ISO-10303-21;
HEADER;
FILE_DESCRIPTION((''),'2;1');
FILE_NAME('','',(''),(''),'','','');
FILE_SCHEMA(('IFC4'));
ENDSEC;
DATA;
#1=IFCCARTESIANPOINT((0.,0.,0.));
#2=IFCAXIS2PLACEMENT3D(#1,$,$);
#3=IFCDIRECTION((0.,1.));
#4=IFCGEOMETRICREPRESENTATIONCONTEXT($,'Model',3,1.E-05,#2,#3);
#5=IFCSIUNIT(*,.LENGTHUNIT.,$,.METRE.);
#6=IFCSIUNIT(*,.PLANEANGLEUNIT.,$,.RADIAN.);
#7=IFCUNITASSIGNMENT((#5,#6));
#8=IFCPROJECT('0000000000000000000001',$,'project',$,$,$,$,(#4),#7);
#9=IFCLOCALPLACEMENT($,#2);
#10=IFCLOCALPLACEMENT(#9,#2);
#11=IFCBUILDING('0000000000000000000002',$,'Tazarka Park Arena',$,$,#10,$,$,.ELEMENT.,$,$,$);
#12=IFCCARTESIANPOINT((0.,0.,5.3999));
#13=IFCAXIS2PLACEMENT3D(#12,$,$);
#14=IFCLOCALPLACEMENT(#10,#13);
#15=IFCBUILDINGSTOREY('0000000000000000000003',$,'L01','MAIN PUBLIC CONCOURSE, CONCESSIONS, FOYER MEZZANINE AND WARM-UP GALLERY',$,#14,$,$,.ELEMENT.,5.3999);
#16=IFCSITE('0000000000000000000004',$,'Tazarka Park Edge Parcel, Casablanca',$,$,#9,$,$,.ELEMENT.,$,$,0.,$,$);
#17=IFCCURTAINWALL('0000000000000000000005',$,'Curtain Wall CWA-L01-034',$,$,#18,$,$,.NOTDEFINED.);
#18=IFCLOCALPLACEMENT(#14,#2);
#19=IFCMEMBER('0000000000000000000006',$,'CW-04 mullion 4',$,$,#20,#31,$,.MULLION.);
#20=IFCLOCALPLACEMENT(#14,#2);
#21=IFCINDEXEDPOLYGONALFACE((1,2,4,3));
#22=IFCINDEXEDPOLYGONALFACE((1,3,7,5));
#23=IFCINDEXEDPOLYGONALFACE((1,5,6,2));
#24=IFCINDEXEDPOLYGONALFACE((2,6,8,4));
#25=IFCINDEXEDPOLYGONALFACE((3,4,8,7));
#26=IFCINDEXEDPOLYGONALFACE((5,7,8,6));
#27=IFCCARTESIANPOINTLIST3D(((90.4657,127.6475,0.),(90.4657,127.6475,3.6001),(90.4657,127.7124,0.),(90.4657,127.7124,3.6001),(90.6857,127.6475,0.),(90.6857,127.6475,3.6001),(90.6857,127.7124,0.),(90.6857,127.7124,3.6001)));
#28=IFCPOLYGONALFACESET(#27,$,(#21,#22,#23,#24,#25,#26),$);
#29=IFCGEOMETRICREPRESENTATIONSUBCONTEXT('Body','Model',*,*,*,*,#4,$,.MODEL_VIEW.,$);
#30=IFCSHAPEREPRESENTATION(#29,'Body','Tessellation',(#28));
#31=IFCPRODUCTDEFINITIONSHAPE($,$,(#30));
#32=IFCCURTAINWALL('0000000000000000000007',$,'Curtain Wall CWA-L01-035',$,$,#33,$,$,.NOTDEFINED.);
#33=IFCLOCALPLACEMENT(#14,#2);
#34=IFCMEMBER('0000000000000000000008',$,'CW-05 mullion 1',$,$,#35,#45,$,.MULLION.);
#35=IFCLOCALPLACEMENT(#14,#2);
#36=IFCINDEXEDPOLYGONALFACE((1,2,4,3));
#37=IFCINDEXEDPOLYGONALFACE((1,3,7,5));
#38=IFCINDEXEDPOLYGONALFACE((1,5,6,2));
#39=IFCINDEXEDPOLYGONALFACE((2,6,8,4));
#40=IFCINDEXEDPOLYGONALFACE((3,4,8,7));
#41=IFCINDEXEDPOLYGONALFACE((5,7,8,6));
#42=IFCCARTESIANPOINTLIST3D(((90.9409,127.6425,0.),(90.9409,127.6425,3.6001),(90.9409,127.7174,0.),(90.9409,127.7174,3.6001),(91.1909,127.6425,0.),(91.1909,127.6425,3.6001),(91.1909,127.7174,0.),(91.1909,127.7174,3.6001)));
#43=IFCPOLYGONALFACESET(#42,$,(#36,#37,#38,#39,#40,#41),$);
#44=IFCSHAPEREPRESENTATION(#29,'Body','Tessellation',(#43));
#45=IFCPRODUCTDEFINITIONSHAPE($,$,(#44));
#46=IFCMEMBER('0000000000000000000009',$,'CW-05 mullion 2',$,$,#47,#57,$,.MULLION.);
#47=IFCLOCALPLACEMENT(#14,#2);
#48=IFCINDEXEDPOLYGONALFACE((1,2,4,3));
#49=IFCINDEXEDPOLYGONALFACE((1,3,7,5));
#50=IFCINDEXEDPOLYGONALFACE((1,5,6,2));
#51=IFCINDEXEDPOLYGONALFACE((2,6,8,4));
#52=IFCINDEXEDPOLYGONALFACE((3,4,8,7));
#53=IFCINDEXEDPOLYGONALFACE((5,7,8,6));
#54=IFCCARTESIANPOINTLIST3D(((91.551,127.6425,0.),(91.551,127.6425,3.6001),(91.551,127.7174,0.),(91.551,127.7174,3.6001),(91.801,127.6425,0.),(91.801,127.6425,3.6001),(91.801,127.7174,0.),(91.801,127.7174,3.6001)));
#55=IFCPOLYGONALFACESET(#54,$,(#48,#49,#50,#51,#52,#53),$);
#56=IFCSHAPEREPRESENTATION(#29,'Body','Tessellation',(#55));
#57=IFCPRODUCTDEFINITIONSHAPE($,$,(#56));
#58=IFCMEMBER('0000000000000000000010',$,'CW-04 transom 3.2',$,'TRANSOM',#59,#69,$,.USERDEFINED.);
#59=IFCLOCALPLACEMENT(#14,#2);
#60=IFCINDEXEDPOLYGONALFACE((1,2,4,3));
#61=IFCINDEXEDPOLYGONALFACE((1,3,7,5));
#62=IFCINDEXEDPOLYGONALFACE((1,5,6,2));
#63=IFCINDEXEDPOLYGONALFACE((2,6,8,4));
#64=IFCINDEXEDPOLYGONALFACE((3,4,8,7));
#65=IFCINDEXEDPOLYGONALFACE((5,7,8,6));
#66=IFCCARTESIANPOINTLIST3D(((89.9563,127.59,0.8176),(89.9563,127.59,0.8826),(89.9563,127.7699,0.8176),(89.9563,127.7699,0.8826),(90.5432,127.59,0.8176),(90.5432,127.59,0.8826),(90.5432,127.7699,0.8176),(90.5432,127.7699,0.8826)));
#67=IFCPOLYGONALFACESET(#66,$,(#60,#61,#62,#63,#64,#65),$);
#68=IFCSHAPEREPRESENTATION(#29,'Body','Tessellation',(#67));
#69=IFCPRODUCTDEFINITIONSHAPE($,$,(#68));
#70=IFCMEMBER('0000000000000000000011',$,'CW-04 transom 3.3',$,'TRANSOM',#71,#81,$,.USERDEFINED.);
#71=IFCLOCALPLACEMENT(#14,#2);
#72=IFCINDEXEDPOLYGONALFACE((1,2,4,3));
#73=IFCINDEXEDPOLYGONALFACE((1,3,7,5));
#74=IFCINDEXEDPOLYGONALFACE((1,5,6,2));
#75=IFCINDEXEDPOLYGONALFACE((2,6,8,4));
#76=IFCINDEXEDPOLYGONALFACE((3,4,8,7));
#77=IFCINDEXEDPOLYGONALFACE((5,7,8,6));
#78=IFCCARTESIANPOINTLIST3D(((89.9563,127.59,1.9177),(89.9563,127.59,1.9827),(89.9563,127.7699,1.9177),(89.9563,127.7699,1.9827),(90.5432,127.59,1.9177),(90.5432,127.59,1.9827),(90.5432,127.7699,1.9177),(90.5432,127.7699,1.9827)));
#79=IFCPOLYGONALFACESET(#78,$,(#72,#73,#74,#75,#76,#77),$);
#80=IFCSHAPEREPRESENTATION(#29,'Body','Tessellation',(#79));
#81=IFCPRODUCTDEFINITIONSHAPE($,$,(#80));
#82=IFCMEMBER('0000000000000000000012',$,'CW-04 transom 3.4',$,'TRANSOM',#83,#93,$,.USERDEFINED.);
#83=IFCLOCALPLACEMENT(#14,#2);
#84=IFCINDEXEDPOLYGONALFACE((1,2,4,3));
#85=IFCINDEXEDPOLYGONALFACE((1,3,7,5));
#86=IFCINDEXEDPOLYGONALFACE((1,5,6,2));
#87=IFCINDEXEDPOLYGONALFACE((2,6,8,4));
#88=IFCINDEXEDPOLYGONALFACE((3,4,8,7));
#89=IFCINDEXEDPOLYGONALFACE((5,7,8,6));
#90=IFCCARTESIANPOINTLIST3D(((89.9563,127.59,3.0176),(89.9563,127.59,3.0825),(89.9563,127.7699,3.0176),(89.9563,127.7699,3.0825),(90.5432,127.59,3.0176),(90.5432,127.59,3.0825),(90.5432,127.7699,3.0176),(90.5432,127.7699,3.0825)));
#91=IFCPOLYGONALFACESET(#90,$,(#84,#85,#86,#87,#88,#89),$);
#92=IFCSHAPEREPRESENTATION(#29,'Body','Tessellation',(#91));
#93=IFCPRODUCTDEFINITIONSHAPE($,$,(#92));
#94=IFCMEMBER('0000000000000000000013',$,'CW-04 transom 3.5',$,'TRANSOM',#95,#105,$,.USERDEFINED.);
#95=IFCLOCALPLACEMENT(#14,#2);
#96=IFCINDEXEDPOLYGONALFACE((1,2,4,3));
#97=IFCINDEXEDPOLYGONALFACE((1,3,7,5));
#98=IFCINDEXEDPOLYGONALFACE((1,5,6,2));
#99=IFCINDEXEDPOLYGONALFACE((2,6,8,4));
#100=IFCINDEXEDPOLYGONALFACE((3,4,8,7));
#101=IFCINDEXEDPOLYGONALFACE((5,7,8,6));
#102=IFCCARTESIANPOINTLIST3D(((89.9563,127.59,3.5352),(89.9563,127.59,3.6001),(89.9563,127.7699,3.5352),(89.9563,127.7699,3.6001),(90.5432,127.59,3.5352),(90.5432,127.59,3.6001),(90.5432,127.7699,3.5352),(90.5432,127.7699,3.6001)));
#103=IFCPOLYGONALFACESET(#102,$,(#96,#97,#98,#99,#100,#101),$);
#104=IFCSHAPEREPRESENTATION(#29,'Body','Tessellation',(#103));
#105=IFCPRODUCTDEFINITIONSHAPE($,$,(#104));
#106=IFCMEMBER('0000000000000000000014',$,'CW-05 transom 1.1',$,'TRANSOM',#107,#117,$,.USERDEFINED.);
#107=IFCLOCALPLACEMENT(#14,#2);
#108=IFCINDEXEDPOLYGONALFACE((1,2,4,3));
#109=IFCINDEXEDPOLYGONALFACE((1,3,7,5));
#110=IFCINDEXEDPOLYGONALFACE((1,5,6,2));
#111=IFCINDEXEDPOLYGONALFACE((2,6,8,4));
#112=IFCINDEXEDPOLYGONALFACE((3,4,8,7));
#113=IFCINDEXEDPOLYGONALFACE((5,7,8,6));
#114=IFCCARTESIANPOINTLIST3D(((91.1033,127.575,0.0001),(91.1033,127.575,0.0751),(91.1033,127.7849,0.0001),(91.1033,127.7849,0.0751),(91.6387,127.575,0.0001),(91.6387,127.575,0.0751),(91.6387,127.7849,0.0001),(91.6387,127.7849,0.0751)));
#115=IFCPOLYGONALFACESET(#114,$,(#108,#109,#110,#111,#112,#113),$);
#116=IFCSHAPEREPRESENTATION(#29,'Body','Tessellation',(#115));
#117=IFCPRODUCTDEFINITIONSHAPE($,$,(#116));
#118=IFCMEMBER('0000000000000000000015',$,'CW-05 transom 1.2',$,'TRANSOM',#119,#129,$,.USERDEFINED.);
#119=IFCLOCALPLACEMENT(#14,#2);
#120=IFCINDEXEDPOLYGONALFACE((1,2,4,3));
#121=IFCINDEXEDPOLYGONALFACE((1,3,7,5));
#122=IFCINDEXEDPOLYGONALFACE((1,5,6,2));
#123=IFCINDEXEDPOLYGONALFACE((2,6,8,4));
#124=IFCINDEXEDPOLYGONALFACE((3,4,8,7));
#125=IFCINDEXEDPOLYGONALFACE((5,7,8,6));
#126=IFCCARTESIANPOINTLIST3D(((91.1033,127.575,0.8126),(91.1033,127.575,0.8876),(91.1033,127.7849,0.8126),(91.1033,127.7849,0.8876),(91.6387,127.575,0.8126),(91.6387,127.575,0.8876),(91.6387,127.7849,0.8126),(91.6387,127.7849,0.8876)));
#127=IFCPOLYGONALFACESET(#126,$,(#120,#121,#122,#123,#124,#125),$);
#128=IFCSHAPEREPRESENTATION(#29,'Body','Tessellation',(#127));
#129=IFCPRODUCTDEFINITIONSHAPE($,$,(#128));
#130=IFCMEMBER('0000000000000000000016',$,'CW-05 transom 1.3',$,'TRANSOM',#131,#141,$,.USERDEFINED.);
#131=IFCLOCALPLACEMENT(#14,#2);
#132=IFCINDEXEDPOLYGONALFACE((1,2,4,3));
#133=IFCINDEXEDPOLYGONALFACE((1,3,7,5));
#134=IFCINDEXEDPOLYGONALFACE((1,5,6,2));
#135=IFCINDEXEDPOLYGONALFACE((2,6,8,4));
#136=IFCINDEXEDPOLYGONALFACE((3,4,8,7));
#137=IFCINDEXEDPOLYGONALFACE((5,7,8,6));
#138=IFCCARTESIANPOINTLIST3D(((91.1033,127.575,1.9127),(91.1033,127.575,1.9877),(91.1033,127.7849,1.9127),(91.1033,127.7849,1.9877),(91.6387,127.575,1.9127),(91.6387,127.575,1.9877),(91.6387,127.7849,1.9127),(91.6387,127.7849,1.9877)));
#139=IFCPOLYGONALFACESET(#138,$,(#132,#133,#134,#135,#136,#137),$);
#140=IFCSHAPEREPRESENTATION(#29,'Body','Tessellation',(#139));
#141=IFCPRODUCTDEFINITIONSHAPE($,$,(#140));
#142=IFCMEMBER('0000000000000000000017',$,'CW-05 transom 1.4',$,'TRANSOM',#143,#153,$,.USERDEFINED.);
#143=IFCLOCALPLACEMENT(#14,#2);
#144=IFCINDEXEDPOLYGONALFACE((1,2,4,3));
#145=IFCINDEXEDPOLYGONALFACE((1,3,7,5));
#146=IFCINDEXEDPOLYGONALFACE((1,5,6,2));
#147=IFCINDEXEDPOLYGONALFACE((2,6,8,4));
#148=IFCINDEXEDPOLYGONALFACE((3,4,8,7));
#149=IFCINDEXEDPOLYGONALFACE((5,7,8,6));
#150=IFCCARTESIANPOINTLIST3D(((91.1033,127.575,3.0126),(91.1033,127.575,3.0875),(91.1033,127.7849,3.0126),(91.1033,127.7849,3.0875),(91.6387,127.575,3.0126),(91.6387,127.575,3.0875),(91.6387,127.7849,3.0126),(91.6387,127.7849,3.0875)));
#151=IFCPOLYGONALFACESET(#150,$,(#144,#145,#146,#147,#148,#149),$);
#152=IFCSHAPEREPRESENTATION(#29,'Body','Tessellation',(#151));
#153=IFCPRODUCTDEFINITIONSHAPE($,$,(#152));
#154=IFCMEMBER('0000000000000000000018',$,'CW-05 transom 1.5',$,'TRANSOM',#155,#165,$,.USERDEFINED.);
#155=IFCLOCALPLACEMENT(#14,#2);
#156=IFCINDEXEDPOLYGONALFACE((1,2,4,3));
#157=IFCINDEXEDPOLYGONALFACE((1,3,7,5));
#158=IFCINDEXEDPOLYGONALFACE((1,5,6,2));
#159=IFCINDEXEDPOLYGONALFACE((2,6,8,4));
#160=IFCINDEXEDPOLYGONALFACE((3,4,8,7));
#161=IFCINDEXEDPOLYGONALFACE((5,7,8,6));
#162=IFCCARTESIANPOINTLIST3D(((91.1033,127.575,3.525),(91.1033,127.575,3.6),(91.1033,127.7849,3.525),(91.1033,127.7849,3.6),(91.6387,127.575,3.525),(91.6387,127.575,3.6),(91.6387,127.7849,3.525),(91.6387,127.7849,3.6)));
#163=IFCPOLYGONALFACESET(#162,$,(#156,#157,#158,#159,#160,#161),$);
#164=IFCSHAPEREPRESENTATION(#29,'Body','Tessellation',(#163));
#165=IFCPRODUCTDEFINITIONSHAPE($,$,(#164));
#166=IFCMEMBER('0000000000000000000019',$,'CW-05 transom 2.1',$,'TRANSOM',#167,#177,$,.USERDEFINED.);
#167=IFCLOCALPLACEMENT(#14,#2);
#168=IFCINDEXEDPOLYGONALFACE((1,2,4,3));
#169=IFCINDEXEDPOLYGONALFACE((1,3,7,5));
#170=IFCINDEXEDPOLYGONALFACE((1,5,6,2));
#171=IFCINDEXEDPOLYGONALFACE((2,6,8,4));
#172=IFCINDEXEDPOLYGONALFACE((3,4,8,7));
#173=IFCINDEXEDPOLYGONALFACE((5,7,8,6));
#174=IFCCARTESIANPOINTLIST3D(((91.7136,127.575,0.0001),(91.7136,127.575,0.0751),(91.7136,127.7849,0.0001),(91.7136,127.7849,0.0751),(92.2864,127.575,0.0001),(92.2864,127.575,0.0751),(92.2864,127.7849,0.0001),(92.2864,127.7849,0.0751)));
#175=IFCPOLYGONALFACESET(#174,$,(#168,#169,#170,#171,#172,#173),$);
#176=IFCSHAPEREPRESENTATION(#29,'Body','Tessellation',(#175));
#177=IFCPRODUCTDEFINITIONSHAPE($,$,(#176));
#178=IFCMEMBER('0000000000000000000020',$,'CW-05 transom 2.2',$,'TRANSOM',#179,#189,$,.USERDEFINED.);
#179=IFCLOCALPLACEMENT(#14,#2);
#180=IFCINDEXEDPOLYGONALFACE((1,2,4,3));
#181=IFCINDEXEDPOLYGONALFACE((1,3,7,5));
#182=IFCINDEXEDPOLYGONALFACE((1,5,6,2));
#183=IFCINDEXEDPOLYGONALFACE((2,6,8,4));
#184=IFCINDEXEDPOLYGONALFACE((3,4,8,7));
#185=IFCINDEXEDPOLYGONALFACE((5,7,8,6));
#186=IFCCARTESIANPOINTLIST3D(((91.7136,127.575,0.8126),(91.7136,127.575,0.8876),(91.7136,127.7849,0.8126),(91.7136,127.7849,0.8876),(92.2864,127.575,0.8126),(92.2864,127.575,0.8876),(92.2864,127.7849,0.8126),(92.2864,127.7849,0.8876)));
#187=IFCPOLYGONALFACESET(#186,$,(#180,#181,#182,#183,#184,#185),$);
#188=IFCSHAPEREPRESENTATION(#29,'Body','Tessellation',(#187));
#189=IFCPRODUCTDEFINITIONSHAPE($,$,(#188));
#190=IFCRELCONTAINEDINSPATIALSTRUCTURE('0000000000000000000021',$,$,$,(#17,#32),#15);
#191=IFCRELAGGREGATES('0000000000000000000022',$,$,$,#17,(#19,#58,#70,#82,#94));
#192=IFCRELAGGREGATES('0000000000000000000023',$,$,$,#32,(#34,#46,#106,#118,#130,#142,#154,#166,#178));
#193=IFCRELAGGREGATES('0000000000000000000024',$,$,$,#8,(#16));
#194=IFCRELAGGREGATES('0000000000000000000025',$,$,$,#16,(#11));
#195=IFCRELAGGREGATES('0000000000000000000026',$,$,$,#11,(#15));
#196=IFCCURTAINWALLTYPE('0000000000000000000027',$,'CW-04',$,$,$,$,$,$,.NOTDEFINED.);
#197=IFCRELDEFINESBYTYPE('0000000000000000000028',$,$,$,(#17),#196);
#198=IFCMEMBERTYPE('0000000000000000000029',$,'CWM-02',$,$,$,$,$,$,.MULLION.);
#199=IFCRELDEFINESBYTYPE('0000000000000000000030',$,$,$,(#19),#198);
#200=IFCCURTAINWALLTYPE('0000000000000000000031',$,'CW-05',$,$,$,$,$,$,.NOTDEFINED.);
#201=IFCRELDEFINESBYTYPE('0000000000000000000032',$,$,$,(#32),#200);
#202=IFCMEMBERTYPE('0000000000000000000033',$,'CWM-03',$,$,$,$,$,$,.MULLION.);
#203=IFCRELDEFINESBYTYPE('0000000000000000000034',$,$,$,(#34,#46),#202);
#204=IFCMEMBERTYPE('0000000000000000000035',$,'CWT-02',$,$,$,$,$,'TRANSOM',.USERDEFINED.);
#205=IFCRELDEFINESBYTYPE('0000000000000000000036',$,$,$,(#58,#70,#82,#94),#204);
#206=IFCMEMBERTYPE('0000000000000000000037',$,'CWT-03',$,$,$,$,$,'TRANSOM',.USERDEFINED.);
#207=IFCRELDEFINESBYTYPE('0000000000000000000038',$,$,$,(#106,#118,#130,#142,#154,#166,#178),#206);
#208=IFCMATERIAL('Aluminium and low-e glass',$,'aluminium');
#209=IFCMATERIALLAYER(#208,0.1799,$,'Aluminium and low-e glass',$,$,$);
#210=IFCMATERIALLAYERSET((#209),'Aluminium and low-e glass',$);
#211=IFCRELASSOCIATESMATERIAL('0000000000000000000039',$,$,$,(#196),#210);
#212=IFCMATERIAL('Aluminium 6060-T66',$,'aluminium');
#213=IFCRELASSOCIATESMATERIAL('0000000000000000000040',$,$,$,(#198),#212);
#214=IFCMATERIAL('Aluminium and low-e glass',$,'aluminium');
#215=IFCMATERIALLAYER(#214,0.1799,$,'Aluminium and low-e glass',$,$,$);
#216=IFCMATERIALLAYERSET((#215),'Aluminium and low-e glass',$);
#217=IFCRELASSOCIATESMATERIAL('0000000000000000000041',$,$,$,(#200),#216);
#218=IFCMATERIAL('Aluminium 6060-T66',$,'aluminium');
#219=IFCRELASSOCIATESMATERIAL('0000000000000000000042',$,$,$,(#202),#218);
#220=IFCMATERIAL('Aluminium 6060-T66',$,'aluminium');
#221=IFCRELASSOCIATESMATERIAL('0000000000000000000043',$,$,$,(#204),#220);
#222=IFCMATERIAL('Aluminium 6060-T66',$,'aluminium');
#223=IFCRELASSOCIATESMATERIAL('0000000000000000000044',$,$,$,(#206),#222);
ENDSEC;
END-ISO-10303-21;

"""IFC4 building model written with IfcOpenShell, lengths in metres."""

from ifc_helpers import new_model, si_unit, direction, frame, origin, origin_2d, place, context, subcontext, project, spatial, rectangle, extrude, material, layer, layer_set, material_profile, profile_set, type_object, element, aggregate, save


model = new_model("IFC4")

# Units and contexts
model_context = context("Model", 3, precision=1e-05, world=origin(), true_north=direction((0.0, 1.0)))
body_context = subcontext(model_context, "Body", "Model", "MODEL_VIEW")
ifc_project = project(units=[si_unit("LENGTHUNIT", "METRE"), si_unit("PLANEANGLEUNIT", "RADIAN")], contexts=[model_context])

# Site, building, storey
site_placement = place(None, origin())
site = spatial("IfcSite", under=ifc_project, at=site_placement, Name="Tazarka Park Edge Parcel, Casablanca", CompositionType="ELEMENT", RefElevation=0.0)
building_placement = place(site_placement, origin())
building = spatial("IfcBuilding", under=site, at=building_placement, Name="Tazarka Park Arena", CompositionType="ELEMENT")
storey_placement = place(building_placement, frame((0.0, 0.0, 5.3999)))
storey = spatial("IfcBuildingStorey", under=building, at=storey_placement, Name="L01", Description="MAIN PUBLIC CONCOURSE, CONCESSIONS, FOYER MEZZANINE AND WARM-UP GALLERY", CompositionType="ELEMENT", Elevation=5.3999)

# Curtain wall, member
ifc_material_1 = material(Name="Aluminium and low-e glass", Category="aluminium")
ifc_layer_1 = layer(ifc_material_1, 0.1799, Name="Aluminium and low-e glass")
ifc_layer_set_1 = layer_set([ifc_layer_1], Name="Aluminium and low-e glass")
curtain_wall_type_1 = type_object("IfcCurtainWallType", Name="CW-04", PredefinedType="NOTDEFINED", material=ifc_layer_set_1)
curtain_wall_1_placement = place(storey_placement, origin())
curtain_wall_1 = element("IfcCurtainWall", 1, at=curtain_wall_1_placement, inside=storey, type_object=curtain_wall_type_1, Name="Curtain Wall CWA-L01-034", PredefinedType="NOTDEFINED")
ifc_material_2 = material(Name="Aluminium 6060-T66", Category="aluminium")
ifc_material_profile_1 = material_profile(ifc_material_2, rectangle(XDim=0.0649, YDim=0.22, at=origin_2d()), Name="Aluminium 6060-T66")
ifc_profile_set_1 = profile_set([ifc_material_profile_1], Name="Aluminium 6060-T66")
member_type_1 = type_object("IfcMemberType", Name="CWM-02", PredefinedType="MULLION", material=ifc_profile_set_1)
member_1_placement = place(storey_placement, frame((90.5757, 127.6799, 0.0), z_axis=(0.0, 0.0, 1.0), x_axis=(0.0, 1.0, 0.0)))
member_1 = element("IfcMember", 2, at=member_1_placement, type_object=member_type_1, Name="CW-04 mullion 4", PredefinedType="MULLION", context=body_context, shape_type="SweptSolid", body=[
    extrude(rectangle(XDim=0.0649, YDim=0.22, at=origin_2d()), origin(), (0.0, 0.0, 1.0), 3.6001),
])

# Curtain wall, members
ifc_material_3 = material(Name="Aluminium and low-e glass", Category="aluminium")
ifc_layer_2 = layer(ifc_material_3, 0.1799, Name="Aluminium and low-e glass")
ifc_layer_set_2 = layer_set([ifc_layer_2], Name="Aluminium and low-e glass")
curtain_wall_type_2 = type_object("IfcCurtainWallType", Name="CW-05", PredefinedType="NOTDEFINED", material=ifc_layer_set_2)
curtain_wall_2_placement = place(storey_placement, origin())
curtain_wall_2 = element("IfcCurtainWall", 3, at=curtain_wall_2_placement, inside=storey, type_object=curtain_wall_type_2, Name="Curtain Wall CWA-L01-035", PredefinedType="NOTDEFINED")
ifc_material_4 = material(Name="Aluminium 6060-T66", Category="aluminium")
ifc_material_profile_2 = material_profile(ifc_material_4, rectangle(XDim=0.075, YDim=0.25, at=origin_2d()), Name="Aluminium 6060-T66")
ifc_profile_set_2 = profile_set([ifc_material_profile_2], Name="Aluminium 6060-T66")
member_type_2 = type_object("IfcMemberType", Name="CWM-03", PredefinedType="MULLION", material=ifc_profile_set_2)
member_2_placement = place(storey_placement, frame((91.0659, 127.6799, 0.0), z_axis=(0.0, 0.0, 1.0), x_axis=(0.0, 1.0, 0.0)))
member_2 = element("IfcMember", 4, at=member_2_placement, type_object=member_type_2, Name="CW-05 mullion 1", PredefinedType="MULLION", context=body_context, shape_type="SweptSolid", body=[
    extrude(rectangle(XDim=0.075, YDim=0.25, at=origin_2d()), origin(), (0.0, 0.0, 1.0), 3.6001),
])
member_3_placement = place(storey_placement, frame((91.676, 127.6799, 0.0), z_axis=(0.0, 0.0, 1.0), x_axis=(0.0, 1.0, 0.0)))
member_3 = element("IfcMember", 5, at=member_3_placement, type_object=member_type_2, Name="CW-05 mullion 2", PredefinedType="MULLION", context=body_context, shape_type="SweptSolid", body=[
    extrude(rectangle(XDim=0.075, YDim=0.25, at=origin_2d()), origin(), (0.0, 0.0, 1.0), 3.6001),
])

# Members
ifc_material_5 = material(Name="Aluminium 6060-T66", Category="aluminium")
ifc_material_profile_3 = material_profile(ifc_material_5, rectangle(XDim=0.1799, YDim=0.0649, at=origin_2d()), Name="Aluminium 6060-T66")
ifc_profile_set_3 = profile_set([ifc_material_profile_3], Name="Aluminium 6060-T66")
member_type_3 = type_object("IfcMemberType", Name="CWT-02", ElementType="TRANSOM", PredefinedType="USERDEFINED", material=ifc_profile_set_3)
member_4_placement = place(storey_placement, frame((89.9563, 127.6799, 0.8501), z_axis=(1.0, 0.0, 0.0), x_axis=(0.0, 1.0, 0.0)))
member_4 = element("IfcMember", 6, at=member_4_placement, type_object=member_type_3, Name="CW-04 transom 3.2", ObjectType="TRANSOM", PredefinedType="USERDEFINED", context=body_context, shape_type="SweptSolid", body=[
    extrude(rectangle(XDim=0.1799, YDim=0.0649, at=origin_2d()), origin(), (0.0, 0.0, 1.0), 0.5869),
])
member_5_placement = place(storey_placement, frame((89.9563, 127.6799, 1.9502), z_axis=(1.0, 0.0, 0.0), x_axis=(0.0, 1.0, 0.0)))
member_5 = element("IfcMember", 7, at=member_5_placement, type_object=member_type_3, Name="CW-04 transom 3.3", ObjectType="TRANSOM", PredefinedType="USERDEFINED", context=body_context, shape_type="SweptSolid", body=[
    extrude(rectangle(XDim=0.1799, YDim=0.0649, at=origin_2d()), origin(), (0.0, 0.0, 1.0), 0.5869),
])
member_6_placement = place(storey_placement, frame((89.9563, 127.6799, 3.05), z_axis=(1.0, 0.0, 0.0), x_axis=(0.0, 1.0, 0.0)))
member_6 = element("IfcMember", 8, at=member_6_placement, type_object=member_type_3, Name="CW-04 transom 3.4", ObjectType="TRANSOM", PredefinedType="USERDEFINED", context=body_context, shape_type="SweptSolid", body=[
    extrude(rectangle(XDim=0.1799, YDim=0.0649, at=origin_2d()), origin(), (0.0, 0.0, 1.0), 0.5869),
])
member_7_placement = place(storey_placement, frame((89.9563, 127.6799, 3.5676), z_axis=(1.0, 0.0, 0.0), x_axis=(0.0, 1.0, 0.0)))
member_7 = element("IfcMember", 9, at=member_7_placement, type_object=member_type_3, Name="CW-04 transom 3.5", ObjectType="TRANSOM", PredefinedType="USERDEFINED", context=body_context, shape_type="SweptSolid", body=[
    extrude(rectangle(XDim=0.1799, YDim=0.0649, at=origin_2d()), origin(), (0.0, 0.0, 1.0), 0.5869),
])
ifc_material_6 = material(Name="Aluminium 6060-T66", Category="aluminium")
ifc_material_profile_4 = material_profile(ifc_material_6, rectangle(XDim=0.21, YDim=0.075, at=origin_2d()), Name="Aluminium 6060-T66")
ifc_profile_set_4 = profile_set([ifc_material_profile_4], Name="Aluminium 6060-T66")
member_type_4 = type_object("IfcMemberType", Name="CWT-03", ElementType="TRANSOM", PredefinedType="USERDEFINED", material=ifc_profile_set_4)
member_8_placement = place(storey_placement, frame((91.1033, 127.6799, 0.0376), z_axis=(1.0, 0.0, 0.0), x_axis=(0.0, 1.0, 0.0)))
member_8 = element("IfcMember", 10, at=member_8_placement, type_object=member_type_4, Name="CW-05 transom 1.1", ObjectType="TRANSOM", PredefinedType="USERDEFINED", context=body_context, shape_type="SweptSolid", body=[
    extrude(rectangle(XDim=0.21, YDim=0.075, at=origin_2d()), origin(), (0.0, 0.0, 1.0), 0.5354),
])
member_9_placement = place(storey_placement, frame((91.1033, 127.6799, 0.8501), z_axis=(1.0, 0.0, 0.0), x_axis=(0.0, 1.0, 0.0)))
member_9 = element("IfcMember", 11, at=member_9_placement, type_object=member_type_4, Name="CW-05 transom 1.2", ObjectType="TRANSOM", PredefinedType="USERDEFINED", context=body_context, shape_type="SweptSolid", body=[
    extrude(rectangle(XDim=0.21, YDim=0.075, at=origin_2d()), origin(), (0.0, 0.0, 1.0), 0.5354),
])
member_10_placement = place(storey_placement, frame((91.1033, 127.6799, 1.9502), z_axis=(1.0, 0.0, 0.0), x_axis=(0.0, 1.0, 0.0)))
member_10 = element("IfcMember", 12, at=member_10_placement, type_object=member_type_4, Name="CW-05 transom 1.3", ObjectType="TRANSOM", PredefinedType="USERDEFINED", context=body_context, shape_type="SweptSolid", body=[
    extrude(rectangle(XDim=0.21, YDim=0.075, at=origin_2d()), origin(), (0.0, 0.0, 1.0), 0.5354),
])
member_11_placement = place(storey_placement, frame((91.1033, 127.6799, 3.05), z_axis=(1.0, 0.0, 0.0), x_axis=(0.0, 1.0, 0.0)))
member_11 = element("IfcMember", 13, at=member_11_placement, type_object=member_type_4, Name="CW-05 transom 1.4", ObjectType="TRANSOM", PredefinedType="USERDEFINED", context=body_context, shape_type="SweptSolid", body=[
    extrude(rectangle(XDim=0.21, YDim=0.075, at=origin_2d()), origin(), (0.0, 0.0, 1.0), 0.5354),
])
member_12_placement = place(storey_placement, frame((91.1033, 127.6799, 3.5625), z_axis=(1.0, 0.0, 0.0), x_axis=(0.0, 1.0, 0.0)))
member_12 = element("IfcMember", 14, at=member_12_placement, type_object=member_type_4, Name="CW-05 transom 1.5", ObjectType="TRANSOM", PredefinedType="USERDEFINED", context=body_context, shape_type="SweptSolid", body=[
    extrude(rectangle(XDim=0.21, YDim=0.075, at=origin_2d()), origin(), (0.0, 0.0, 1.0), 0.5354),
])
member_13_placement = place(storey_placement, frame((91.7136, 127.6799, 0.0376), z_axis=(1.0, 0.0, 0.0), x_axis=(0.0, 1.0, 0.0)))
member_13 = element("IfcMember", 15, at=member_13_placement, type_object=member_type_4, Name="CW-05 transom 2.1", ObjectType="TRANSOM", PredefinedType="USERDEFINED", context=body_context, shape_type="SweptSolid", body=[
    extrude(rectangle(XDim=0.21, YDim=0.075, at=origin_2d()), origin(), (0.0, 0.0, 1.0), 0.5728),
])
member_14_placement = place(storey_placement, frame((91.7136, 127.6799, 0.8501), z_axis=(1.0, 0.0, 0.0), x_axis=(0.0, 1.0, 0.0)))
member_14 = element("IfcMember", 16, at=member_14_placement, type_object=member_type_4, Name="CW-05 transom 2.2", ObjectType="TRANSOM", PredefinedType="USERDEFINED", context=body_context, shape_type="SweptSolid", body=[
    extrude(rectangle(XDim=0.21, YDim=0.075, at=origin_2d()), origin(), (0.0, 0.0, 1.0), 0.5728),
])

aggregate(curtain_wall_1, [member_1, member_4, member_5, member_6, member_7])
aggregate(curtain_wall_2, [member_2, member_3, member_8, member_9, member_10, member_11, member_12, member_13, member_14])

save(model, "model.ifc")
